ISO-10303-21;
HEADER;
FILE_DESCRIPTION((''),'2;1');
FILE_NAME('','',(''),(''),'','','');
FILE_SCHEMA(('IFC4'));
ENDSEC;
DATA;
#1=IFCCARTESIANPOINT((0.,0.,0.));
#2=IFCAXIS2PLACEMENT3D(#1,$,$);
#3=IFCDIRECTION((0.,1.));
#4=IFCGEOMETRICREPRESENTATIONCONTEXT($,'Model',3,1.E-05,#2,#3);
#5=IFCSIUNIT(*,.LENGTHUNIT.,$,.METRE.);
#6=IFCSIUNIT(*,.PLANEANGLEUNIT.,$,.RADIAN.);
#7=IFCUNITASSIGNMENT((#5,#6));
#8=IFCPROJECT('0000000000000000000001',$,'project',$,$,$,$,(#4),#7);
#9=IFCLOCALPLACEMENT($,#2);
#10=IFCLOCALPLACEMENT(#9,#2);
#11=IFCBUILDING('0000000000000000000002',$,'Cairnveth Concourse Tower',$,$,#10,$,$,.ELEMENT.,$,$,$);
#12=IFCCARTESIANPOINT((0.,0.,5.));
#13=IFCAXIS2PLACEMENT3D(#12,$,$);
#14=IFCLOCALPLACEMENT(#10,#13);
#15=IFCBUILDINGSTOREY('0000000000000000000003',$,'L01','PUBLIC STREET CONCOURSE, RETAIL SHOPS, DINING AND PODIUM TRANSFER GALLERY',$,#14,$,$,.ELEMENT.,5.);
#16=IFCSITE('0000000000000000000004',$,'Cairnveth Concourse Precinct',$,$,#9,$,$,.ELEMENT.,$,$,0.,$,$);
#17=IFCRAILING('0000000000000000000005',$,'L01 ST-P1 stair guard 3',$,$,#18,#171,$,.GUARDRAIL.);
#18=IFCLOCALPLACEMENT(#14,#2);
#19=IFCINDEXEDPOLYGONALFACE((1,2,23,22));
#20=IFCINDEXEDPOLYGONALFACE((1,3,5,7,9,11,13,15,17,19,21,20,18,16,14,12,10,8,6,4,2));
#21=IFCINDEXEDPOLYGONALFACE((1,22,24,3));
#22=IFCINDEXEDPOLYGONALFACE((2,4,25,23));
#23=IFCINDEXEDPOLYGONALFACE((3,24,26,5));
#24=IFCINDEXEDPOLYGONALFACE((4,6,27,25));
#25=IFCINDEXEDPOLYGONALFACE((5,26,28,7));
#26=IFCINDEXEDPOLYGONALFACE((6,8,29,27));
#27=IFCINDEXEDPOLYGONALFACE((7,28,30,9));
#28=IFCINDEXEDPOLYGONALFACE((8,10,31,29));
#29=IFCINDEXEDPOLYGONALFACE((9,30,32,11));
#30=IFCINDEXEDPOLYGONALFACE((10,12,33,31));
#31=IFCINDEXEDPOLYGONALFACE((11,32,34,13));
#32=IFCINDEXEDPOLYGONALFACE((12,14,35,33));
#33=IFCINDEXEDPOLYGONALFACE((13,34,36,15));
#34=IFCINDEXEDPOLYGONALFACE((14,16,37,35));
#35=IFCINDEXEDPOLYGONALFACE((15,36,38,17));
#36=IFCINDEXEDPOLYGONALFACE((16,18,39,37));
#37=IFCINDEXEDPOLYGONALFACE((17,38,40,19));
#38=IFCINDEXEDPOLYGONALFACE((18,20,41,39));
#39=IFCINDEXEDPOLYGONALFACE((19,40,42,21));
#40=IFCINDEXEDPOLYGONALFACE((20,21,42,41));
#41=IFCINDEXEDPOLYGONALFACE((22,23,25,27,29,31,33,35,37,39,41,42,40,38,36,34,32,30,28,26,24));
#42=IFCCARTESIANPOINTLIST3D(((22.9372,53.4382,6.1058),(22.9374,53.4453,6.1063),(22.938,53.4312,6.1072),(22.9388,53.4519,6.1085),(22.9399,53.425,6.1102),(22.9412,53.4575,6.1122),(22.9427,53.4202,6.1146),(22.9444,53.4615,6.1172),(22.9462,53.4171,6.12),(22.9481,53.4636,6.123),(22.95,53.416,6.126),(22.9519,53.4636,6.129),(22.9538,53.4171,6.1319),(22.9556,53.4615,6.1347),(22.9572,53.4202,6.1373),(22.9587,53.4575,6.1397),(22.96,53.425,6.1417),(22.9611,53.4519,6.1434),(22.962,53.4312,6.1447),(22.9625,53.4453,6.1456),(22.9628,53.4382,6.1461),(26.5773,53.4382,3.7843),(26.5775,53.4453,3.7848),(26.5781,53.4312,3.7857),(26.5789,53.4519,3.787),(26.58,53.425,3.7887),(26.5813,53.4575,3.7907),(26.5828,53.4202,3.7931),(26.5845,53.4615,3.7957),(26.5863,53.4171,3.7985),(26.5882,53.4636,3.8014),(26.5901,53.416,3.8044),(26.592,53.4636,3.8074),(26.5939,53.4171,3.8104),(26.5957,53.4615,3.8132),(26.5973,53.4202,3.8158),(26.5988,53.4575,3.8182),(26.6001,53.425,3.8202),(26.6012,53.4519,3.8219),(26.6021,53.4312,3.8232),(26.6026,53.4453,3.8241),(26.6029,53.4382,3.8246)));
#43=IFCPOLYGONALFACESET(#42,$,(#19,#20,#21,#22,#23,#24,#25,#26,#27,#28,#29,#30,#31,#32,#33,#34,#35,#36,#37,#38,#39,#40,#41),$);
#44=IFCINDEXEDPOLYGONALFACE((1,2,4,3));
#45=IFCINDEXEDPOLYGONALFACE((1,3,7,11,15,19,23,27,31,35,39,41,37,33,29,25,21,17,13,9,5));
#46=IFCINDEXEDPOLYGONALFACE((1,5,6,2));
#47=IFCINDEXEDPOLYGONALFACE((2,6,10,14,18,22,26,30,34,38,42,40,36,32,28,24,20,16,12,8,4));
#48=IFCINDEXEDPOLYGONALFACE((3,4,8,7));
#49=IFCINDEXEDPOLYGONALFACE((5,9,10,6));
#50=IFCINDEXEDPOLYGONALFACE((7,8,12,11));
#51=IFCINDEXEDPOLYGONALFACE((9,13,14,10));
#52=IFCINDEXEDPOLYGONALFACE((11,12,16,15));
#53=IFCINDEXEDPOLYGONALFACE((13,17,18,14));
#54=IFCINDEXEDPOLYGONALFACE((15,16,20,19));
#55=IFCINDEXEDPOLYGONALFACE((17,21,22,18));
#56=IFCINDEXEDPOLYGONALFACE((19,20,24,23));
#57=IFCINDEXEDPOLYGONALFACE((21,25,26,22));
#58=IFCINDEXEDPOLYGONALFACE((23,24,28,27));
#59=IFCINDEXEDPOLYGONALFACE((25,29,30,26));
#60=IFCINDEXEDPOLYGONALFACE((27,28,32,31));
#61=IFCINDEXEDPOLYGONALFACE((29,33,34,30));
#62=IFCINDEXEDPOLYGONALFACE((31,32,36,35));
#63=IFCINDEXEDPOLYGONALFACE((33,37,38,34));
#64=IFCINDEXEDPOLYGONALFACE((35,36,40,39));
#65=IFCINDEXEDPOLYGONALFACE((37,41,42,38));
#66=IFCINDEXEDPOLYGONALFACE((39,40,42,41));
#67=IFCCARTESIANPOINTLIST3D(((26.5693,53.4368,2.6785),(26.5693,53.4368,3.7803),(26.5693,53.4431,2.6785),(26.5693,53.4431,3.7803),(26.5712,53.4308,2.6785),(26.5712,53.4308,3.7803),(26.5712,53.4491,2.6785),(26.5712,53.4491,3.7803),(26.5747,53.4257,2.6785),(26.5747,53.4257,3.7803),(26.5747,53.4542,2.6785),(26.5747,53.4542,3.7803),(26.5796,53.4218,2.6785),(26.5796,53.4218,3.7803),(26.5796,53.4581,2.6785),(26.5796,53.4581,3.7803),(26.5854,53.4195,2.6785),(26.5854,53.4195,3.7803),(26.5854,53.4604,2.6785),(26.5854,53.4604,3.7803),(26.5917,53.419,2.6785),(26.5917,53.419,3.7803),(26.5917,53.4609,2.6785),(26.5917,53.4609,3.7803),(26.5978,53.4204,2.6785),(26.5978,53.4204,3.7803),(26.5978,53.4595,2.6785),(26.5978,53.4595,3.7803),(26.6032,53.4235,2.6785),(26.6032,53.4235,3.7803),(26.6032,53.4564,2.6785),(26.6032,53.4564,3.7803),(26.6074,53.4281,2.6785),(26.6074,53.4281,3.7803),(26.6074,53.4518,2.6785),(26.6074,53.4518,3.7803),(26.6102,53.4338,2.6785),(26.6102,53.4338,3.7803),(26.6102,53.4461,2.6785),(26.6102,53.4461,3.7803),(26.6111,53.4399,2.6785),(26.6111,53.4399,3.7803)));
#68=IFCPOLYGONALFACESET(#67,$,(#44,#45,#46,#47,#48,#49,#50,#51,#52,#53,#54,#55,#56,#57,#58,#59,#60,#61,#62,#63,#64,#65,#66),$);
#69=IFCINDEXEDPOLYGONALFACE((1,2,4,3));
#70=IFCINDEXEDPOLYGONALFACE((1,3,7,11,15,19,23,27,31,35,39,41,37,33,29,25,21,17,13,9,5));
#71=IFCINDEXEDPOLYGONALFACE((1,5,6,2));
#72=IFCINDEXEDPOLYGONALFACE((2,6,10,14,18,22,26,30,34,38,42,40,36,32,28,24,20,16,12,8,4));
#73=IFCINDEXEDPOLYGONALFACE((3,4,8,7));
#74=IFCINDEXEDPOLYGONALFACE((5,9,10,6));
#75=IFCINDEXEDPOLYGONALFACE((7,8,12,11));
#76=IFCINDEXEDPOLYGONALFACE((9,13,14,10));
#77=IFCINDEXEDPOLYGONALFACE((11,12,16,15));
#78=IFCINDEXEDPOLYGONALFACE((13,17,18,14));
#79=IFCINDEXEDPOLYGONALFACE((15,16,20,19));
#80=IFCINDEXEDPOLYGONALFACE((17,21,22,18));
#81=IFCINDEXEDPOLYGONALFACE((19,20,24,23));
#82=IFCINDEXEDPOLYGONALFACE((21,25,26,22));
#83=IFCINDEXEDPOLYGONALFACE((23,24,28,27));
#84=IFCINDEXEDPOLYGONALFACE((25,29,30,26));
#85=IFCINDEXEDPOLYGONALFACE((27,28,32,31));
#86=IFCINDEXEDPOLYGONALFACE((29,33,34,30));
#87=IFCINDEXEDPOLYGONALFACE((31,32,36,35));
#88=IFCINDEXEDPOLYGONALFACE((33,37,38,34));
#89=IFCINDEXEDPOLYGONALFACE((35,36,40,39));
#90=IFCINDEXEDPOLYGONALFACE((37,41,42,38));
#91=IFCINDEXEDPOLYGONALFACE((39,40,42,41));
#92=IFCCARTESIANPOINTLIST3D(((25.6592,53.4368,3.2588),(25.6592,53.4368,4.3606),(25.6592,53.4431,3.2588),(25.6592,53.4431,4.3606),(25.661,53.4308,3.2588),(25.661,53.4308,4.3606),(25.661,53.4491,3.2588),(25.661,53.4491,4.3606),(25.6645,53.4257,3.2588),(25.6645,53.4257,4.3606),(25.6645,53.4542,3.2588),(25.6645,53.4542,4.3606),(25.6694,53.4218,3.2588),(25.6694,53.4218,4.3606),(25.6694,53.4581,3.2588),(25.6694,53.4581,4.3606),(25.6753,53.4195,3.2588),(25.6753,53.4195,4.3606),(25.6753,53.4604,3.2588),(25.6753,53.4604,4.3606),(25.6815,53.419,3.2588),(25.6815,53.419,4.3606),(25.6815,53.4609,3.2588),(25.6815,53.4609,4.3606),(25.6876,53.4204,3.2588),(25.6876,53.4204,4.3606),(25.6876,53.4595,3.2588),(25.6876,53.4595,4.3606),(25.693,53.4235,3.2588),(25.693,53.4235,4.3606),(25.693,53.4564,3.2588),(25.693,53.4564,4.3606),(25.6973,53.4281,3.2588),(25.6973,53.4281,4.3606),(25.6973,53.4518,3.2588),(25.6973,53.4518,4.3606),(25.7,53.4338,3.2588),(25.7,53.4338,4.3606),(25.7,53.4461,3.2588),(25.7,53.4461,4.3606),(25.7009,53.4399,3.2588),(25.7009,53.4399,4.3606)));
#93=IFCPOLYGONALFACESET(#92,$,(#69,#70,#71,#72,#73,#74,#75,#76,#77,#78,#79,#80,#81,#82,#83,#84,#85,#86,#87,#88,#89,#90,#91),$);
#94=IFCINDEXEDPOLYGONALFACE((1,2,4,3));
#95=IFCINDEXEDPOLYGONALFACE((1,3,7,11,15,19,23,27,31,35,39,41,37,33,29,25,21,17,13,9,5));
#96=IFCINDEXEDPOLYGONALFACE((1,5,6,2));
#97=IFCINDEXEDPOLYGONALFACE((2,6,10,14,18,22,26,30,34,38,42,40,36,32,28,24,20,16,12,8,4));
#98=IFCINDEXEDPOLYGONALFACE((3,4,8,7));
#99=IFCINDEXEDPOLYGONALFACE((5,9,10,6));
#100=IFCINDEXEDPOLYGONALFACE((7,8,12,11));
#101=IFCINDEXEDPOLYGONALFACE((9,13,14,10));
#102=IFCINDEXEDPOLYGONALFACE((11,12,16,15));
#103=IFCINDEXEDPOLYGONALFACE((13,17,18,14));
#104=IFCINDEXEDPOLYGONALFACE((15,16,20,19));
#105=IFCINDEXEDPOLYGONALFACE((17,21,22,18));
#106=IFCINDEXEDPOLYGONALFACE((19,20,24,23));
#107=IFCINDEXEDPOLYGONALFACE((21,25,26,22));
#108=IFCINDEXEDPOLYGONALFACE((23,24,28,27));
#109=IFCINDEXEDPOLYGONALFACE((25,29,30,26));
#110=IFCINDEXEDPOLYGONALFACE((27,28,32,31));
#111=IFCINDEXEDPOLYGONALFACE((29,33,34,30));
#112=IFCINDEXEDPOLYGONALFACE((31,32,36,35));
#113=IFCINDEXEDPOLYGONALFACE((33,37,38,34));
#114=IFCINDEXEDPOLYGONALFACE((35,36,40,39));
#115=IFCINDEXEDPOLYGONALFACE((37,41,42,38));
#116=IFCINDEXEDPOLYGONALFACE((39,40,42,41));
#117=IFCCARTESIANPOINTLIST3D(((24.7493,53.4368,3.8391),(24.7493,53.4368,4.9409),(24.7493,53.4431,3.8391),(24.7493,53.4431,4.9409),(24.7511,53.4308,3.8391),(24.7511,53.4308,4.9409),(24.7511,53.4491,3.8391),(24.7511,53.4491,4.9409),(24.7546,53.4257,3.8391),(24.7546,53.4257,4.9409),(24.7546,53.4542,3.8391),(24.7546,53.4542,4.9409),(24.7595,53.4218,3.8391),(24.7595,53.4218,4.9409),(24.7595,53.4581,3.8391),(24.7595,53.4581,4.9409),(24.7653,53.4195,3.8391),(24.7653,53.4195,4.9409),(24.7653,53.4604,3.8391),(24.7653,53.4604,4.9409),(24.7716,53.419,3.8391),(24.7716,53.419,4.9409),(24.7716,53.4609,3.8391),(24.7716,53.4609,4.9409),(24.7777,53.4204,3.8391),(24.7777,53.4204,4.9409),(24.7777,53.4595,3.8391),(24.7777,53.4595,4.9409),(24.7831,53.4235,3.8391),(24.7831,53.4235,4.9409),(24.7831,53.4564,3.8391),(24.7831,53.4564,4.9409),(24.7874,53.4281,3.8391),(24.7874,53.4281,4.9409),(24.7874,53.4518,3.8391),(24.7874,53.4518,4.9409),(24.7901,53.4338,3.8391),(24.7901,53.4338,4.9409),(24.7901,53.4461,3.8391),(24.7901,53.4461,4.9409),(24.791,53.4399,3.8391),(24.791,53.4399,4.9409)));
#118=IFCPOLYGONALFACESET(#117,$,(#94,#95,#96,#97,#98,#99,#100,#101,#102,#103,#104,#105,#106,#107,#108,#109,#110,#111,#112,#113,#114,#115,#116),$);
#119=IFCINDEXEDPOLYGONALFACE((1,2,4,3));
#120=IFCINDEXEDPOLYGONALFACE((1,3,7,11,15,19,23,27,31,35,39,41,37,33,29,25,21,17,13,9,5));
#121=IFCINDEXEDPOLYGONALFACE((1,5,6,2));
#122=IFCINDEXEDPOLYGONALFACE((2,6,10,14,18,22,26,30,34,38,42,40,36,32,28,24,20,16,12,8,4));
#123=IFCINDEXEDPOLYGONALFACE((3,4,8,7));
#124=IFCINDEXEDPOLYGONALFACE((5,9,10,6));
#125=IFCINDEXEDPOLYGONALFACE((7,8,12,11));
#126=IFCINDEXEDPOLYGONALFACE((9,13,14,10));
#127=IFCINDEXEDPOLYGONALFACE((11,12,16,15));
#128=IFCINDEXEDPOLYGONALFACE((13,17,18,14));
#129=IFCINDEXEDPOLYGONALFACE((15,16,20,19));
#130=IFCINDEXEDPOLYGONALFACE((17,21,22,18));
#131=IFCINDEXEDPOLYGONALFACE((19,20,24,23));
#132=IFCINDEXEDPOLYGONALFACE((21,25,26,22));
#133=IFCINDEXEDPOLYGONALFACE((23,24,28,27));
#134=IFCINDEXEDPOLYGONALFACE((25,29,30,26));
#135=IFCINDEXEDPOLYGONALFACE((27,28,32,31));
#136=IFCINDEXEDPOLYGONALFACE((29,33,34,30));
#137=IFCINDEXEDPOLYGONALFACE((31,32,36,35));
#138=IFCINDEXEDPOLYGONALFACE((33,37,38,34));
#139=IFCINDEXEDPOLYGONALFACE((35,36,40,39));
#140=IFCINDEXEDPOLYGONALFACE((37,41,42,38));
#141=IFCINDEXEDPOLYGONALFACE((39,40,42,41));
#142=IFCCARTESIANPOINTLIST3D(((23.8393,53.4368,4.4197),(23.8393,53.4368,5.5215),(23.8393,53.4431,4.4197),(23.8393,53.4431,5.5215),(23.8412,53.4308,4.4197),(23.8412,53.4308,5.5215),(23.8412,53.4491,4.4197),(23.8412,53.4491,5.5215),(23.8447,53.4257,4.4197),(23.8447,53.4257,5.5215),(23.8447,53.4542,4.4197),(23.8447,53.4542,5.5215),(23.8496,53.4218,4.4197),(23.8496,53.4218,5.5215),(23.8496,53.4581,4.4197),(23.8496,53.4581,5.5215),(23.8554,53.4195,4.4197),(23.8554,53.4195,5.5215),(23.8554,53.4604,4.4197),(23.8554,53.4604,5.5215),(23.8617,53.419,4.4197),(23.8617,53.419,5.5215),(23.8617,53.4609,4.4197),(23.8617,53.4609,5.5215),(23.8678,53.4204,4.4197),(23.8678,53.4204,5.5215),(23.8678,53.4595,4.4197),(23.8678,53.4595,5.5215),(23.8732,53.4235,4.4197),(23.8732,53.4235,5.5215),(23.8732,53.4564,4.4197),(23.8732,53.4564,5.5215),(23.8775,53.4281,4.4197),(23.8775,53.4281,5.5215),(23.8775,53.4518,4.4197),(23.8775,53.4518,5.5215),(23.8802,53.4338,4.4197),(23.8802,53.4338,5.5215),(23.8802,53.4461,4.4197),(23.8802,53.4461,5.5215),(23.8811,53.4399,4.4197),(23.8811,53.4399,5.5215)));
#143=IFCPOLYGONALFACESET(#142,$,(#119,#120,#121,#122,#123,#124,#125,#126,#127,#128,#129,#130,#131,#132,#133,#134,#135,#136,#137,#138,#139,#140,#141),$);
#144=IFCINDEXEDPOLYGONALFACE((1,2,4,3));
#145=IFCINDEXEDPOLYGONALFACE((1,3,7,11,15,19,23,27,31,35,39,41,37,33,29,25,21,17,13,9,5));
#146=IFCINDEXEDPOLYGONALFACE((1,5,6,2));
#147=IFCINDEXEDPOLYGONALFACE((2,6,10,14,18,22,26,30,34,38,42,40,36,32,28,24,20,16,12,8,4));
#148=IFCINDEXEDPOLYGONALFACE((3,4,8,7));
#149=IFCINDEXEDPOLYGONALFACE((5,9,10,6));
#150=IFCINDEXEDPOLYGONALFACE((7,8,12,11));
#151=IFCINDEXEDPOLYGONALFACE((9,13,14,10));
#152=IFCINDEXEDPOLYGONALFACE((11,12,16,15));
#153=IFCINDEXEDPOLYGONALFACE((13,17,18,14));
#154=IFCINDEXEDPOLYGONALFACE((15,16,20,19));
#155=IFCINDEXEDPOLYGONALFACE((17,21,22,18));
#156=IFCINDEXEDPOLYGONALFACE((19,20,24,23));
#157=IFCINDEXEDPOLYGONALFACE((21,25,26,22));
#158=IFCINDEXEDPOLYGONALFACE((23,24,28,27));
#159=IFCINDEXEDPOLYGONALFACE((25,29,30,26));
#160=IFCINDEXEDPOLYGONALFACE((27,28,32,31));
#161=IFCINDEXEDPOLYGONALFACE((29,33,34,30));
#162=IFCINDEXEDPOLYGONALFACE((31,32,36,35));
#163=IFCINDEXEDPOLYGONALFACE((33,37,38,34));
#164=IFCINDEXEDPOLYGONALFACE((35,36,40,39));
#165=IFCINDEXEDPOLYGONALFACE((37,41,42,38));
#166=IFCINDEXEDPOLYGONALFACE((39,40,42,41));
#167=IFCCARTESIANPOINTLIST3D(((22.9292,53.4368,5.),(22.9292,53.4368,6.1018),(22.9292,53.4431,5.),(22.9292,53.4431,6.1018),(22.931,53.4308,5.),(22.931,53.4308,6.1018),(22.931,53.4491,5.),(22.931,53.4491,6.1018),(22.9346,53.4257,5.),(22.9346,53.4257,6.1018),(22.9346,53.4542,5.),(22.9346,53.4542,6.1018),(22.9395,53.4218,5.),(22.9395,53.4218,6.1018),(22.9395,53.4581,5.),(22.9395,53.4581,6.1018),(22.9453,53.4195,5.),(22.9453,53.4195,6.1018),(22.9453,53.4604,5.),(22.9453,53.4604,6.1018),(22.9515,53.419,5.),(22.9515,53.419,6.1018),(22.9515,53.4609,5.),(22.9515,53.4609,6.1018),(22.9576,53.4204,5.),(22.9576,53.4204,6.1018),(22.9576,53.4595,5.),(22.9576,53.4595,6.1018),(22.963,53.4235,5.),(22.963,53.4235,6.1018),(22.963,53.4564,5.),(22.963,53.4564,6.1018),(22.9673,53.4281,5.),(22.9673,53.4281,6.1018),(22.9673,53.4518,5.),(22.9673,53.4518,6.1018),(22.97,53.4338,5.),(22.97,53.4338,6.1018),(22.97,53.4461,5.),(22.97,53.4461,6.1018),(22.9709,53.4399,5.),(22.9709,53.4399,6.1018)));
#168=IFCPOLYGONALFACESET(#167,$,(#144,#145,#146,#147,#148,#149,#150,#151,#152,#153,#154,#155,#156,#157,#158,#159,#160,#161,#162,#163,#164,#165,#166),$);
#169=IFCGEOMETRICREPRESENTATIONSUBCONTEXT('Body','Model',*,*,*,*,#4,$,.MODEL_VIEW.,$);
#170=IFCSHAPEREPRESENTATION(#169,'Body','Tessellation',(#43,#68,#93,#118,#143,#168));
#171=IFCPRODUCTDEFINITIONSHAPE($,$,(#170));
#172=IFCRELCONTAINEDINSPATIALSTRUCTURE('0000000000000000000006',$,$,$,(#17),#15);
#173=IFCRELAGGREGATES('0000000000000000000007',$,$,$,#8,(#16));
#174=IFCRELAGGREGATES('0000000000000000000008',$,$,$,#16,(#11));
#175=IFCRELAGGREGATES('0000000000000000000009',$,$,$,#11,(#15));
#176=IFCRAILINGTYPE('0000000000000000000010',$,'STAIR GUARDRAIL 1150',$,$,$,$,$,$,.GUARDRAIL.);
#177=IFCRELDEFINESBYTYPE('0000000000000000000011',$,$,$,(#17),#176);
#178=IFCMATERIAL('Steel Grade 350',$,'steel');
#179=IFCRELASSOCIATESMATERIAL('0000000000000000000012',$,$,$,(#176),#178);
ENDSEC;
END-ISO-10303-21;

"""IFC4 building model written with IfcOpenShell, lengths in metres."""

from ifc_helpers import new_model, si_unit, direction, frame, origin, origin_2d, place, context, subcontext, project, spatial, circle, extrude, material, type_object, element, save


model = new_model("IFC4")

# Units and contexts
model_context = context("Model", 3, precision=1e-05, world=origin(), true_north=direction((0.0, 1.0)))
body_context = subcontext(model_context, "Body", "Model", "MODEL_VIEW")
ifc_project = project(units=[si_unit("LENGTHUNIT", "METRE"), si_unit("PLANEANGLEUNIT", "RADIAN")], contexts=[model_context])

# Site, building, storey
site_placement = place(None, origin())
site = spatial("IfcSite", under=ifc_project, at=site_placement, Name="Cairnveth Concourse Precinct", CompositionType="ELEMENT", RefElevation=0.0)
building_placement = place(site_placement, origin())
building = spatial("IfcBuilding", under=site, at=building_placement, Name="Cairnveth Concourse Tower", CompositionType="ELEMENT")
storey_placement = place(building_placement, frame((0.0, 0.0, 5.0)))
storey = spatial("IfcBuildingStorey", under=building, at=storey_placement, Name="L01", Description="PUBLIC STREET CONCOURSE, RETAIL SHOPS, DINING AND PODIUM TRANSFER GALLERY", CompositionType="ELEMENT", Elevation=5.0)

# Shared definitions
ifc_material_1 = material(Name="Steel Grade 350", Category="steel")

# Railing
railing_type_1 = type_object("IfcRailingType", Name="STAIR GUARDRAIL 1150", PredefinedType="GUARDRAIL", material=ifc_material_1)
railing_1_placement = place(storey_placement, frame((26.5901, 53.4399, 2.6785)))
element("IfcRailing", 1, at=railing_1_placement, inside=storey, type_object=railing_type_1, Name="L01 ST-P1 stair guard 3", PredefinedType="GUARDRAIL", context=body_context, shape_type="SweptSolid", body=[
    extrude(circle(Radius=0.0239, at=origin_2d()), frame((0.0, 0.0, 1.126), z_axis=(-0.843128, 0.0, 0.537713), x_axis=(0.0, -1.0, 0.0)), (0.0, 0.0, 1.0), 4.3174),
    extrude(circle(Radius=0.021, at=origin_2d()), origin(), (0.0, 0.0, 1.0), 1.1018),
    extrude(circle(Radius=0.021, at=origin_2d()), frame((-0.9102, 0.0, 0.5803)), (0.0, 0.0, 1.0), 1.1018),
    extrude(circle(Radius=0.021, at=origin_2d()), frame((-1.8201, 0.0, 1.1606)), (0.0, 0.0, 1.0), 1.1018),
    extrude(circle(Radius=0.021, at=origin_2d()), frame((-2.73, 0.0, 1.7412)), (0.0, 0.0, 1.0), 1.1018),
    extrude(circle(Radius=0.021, at=origin_2d()), frame((-3.6401, 0.0, 2.3215)), (0.0, 0.0, 1.0), 1.1018),
])

save(model, "model.ifc")
